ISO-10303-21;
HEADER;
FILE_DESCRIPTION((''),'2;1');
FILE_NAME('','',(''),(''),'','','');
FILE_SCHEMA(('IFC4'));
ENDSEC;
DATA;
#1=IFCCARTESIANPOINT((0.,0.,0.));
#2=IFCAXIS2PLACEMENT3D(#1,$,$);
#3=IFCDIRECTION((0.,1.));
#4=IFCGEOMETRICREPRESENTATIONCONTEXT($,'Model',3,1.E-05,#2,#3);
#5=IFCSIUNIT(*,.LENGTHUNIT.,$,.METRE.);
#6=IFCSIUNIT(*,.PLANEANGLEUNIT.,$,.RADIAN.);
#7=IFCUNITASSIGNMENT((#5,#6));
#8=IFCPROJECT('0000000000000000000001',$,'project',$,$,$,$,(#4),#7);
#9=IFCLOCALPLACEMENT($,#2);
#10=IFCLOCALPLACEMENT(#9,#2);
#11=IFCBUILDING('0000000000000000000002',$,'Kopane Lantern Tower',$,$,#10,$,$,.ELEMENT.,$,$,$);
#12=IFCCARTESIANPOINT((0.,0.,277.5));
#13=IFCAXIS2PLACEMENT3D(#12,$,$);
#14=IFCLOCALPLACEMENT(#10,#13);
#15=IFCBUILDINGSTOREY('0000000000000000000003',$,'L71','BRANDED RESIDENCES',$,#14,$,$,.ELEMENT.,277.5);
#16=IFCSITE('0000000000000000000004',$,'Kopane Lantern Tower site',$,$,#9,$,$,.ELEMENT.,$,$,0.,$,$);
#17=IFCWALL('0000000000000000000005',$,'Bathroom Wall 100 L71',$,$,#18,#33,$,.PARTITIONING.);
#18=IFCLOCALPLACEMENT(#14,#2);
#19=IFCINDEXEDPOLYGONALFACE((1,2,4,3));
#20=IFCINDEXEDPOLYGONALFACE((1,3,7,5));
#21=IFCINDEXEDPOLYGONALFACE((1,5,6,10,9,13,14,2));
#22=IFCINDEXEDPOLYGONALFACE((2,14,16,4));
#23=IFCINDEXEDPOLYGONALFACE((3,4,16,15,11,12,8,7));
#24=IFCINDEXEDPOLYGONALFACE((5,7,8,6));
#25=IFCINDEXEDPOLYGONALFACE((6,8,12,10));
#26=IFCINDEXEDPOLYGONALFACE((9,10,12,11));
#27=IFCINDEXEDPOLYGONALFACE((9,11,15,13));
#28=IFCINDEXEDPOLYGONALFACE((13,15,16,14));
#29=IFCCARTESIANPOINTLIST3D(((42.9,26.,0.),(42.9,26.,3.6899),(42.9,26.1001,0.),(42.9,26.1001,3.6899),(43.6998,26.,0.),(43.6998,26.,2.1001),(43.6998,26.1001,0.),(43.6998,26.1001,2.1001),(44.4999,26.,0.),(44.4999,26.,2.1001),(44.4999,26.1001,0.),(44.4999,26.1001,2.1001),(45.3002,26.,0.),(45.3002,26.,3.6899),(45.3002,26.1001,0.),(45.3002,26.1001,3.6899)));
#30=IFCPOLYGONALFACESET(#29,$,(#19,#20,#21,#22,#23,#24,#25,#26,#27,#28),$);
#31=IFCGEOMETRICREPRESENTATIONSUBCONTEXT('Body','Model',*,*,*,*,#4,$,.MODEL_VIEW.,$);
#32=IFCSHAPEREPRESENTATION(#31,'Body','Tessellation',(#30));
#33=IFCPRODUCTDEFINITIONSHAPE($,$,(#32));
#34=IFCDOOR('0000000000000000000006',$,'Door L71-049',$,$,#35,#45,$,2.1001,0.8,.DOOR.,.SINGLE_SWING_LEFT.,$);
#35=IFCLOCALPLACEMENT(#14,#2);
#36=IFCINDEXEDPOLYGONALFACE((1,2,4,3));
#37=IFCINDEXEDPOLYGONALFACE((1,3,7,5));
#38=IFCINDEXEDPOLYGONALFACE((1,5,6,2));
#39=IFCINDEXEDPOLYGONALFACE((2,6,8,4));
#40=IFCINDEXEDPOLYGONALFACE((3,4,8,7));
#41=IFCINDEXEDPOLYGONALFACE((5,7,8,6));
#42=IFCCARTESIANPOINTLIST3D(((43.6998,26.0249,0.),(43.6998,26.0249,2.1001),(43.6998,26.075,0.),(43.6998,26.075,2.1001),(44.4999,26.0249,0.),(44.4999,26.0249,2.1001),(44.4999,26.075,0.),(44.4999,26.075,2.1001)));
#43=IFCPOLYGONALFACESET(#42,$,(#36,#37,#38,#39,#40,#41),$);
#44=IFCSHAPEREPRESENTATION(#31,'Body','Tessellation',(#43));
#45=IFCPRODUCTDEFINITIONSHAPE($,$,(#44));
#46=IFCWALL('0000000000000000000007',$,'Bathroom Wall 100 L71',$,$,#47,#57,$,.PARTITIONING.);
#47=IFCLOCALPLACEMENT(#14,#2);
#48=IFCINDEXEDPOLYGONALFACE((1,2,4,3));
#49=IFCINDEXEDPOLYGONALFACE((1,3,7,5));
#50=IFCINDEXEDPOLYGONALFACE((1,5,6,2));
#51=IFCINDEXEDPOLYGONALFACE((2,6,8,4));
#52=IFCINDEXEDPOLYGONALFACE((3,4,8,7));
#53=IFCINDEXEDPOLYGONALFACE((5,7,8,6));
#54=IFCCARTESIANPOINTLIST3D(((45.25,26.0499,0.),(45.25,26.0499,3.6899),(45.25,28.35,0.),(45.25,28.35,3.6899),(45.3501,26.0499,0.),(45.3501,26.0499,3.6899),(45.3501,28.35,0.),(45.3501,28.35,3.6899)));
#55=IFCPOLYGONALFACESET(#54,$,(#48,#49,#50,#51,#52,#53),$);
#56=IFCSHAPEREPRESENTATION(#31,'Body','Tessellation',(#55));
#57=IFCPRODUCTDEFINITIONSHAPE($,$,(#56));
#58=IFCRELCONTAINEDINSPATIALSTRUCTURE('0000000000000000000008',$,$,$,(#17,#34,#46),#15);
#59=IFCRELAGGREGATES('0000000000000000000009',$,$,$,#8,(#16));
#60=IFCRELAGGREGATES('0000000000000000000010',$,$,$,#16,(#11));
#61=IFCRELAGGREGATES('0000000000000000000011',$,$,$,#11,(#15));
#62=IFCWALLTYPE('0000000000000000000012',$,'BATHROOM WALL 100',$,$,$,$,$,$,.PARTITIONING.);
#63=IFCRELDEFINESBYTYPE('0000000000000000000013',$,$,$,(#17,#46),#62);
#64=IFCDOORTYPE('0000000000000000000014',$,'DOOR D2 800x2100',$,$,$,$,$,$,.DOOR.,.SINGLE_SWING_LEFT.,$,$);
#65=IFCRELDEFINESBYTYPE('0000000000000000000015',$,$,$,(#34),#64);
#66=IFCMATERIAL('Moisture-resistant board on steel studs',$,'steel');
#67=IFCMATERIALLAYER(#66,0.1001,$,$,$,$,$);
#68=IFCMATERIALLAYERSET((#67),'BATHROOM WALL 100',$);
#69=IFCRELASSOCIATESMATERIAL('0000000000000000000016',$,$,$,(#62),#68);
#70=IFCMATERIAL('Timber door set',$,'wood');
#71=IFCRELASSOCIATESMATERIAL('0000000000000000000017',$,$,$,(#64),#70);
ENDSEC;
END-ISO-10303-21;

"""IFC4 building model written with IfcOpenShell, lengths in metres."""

from ifc_helpers import new_model, si_unit, direction, frame, frame_2d, origin, place, context, subcontext, project, spatial, rectangle, extrude, material, layer, layer_set, type_object, element, fill, save


model = new_model("IFC4")

# Units and contexts
model_context = context("Model", 3, precision=1e-05, world=origin(), true_north=direction((0.0, 1.0)))
body_context = subcontext(model_context, "Body", "Model", "MODEL_VIEW")
ifc_project = project(units=[si_unit("LENGTHUNIT", "METRE"), si_unit("PLANEANGLEUNIT", "RADIAN")], contexts=[model_context])

# Site, building, storey
site_placement = place(None, origin())
site = spatial("IfcSite", under=ifc_project, at=site_placement, Name="Kopane Lantern Tower site", CompositionType="ELEMENT", RefElevation=0.0)
building_placement = place(site_placement, origin())
building = spatial("IfcBuilding", under=site, at=building_placement, Name="Kopane Lantern Tower", CompositionType="ELEMENT")
storey_placement = place(building_placement, frame((0.0, 0.0, 277.5)))
storey = spatial("IfcBuildingStorey", under=building, at=storey_placement, Name="L71", Description="BRANDED RESIDENCES", CompositionType="ELEMENT", Elevation=277.5)

# Wall, opening, door
ifc_material_1 = material(Name="Moisture-resistant board on steel studs", Category="steel")
ifc_layer_1 = layer(ifc_material_1, 0.1001)
ifc_layer_set_1 = layer_set([ifc_layer_1], Name="BATHROOM WALL 100")
wall_type_1 = type_object("IfcWallType", Name="BATHROOM WALL 100", PredefinedType="PARTITIONING", material=ifc_layer_set_1)
wall_1_placement = place(storey_placement, frame((42.8999, 26.05, 0.0), z_axis=(0.0, 0.0, 1.0), x_axis=(1.0, 0.0, 0.0)))
wall_1 = element("IfcWall", 1, at=wall_1_placement, inside=storey, type_object=wall_type_1, Name="Bathroom Wall 100 L71", PredefinedType="PARTITIONING", context=body_context, shape_type="SweptSolid", body=[
    extrude(rectangle(XDim=2.4001, YDim=0.1001, at=frame_2d((1.2002, 0.0))), origin(), (0.0, 0.0, 1.0), 3.6899),
])
opening_placement = place(wall_1_placement, frame((0.8, 0.0, 0.0)))
opening = element("IfcOpeningElement", 2, at=opening_placement, cuts=wall_1, PredefinedType="OPENING", context=body_context, shape_type="SweptSolid", body=[
    extrude(rectangle(XDim=0.8, YDim=2.1001, at=frame_2d((0.3999, 1.05))), frame((0.0, 0.0601, 0.0), z_axis=(0.0, -1.0, 0.0), x_axis=(1.0, 0.0, 0.0)), (0.0, 0.0, 1.0), 0.1201),
])
ifc_material_2 = material(Name="Timber door set", Category="wood")
door_type = type_object("IfcDoorType", Name="DOOR D2 800x2100", OperationType="SINGLE_SWING_LEFT", PredefinedType="DOOR", material=ifc_material_2)
door_placement = place(opening_placement, origin())
door = element("IfcDoor", 3, at=door_placement, inside=storey, type_object=door_type, Name="Door L71-049", OperationType="SINGLE_SWING_LEFT", OverallHeight=2.1001, OverallWidth=0.8, PredefinedType="DOOR", context=body_context, shape_type="SweptSolid", body=[
    extrude(rectangle(XDim=0.8, YDim=2.1001, at=frame_2d((0.3999, 1.05))), frame((0.0, 0.0249, 0.0), z_axis=(0.0, -1.0, 0.0), x_axis=(1.0, 0.0, 0.0)), (0.0, 0.0, 1.0), 0.05),
])
fill(opening, door)

# Wall
wall_2_placement = place(storey_placement, frame((45.3, 26.05, 0.0), z_axis=(0.0, 0.0, 1.0), x_axis=(0.0, 1.0, 0.0)))
element("IfcWall", 4, at=wall_2_placement, inside=storey, type_object=wall_type_1, Name="Bathroom Wall 100 L71", PredefinedType="PARTITIONING", context=body_context, shape_type="SweptSolid", body=[
    extrude(rectangle(XDim=2.3, YDim=0.1001, at=frame_2d((1.1499, 0.0))), origin(), (0.0, 0.0, 1.0), 3.6899),
])

save(model, "model.ifc")
